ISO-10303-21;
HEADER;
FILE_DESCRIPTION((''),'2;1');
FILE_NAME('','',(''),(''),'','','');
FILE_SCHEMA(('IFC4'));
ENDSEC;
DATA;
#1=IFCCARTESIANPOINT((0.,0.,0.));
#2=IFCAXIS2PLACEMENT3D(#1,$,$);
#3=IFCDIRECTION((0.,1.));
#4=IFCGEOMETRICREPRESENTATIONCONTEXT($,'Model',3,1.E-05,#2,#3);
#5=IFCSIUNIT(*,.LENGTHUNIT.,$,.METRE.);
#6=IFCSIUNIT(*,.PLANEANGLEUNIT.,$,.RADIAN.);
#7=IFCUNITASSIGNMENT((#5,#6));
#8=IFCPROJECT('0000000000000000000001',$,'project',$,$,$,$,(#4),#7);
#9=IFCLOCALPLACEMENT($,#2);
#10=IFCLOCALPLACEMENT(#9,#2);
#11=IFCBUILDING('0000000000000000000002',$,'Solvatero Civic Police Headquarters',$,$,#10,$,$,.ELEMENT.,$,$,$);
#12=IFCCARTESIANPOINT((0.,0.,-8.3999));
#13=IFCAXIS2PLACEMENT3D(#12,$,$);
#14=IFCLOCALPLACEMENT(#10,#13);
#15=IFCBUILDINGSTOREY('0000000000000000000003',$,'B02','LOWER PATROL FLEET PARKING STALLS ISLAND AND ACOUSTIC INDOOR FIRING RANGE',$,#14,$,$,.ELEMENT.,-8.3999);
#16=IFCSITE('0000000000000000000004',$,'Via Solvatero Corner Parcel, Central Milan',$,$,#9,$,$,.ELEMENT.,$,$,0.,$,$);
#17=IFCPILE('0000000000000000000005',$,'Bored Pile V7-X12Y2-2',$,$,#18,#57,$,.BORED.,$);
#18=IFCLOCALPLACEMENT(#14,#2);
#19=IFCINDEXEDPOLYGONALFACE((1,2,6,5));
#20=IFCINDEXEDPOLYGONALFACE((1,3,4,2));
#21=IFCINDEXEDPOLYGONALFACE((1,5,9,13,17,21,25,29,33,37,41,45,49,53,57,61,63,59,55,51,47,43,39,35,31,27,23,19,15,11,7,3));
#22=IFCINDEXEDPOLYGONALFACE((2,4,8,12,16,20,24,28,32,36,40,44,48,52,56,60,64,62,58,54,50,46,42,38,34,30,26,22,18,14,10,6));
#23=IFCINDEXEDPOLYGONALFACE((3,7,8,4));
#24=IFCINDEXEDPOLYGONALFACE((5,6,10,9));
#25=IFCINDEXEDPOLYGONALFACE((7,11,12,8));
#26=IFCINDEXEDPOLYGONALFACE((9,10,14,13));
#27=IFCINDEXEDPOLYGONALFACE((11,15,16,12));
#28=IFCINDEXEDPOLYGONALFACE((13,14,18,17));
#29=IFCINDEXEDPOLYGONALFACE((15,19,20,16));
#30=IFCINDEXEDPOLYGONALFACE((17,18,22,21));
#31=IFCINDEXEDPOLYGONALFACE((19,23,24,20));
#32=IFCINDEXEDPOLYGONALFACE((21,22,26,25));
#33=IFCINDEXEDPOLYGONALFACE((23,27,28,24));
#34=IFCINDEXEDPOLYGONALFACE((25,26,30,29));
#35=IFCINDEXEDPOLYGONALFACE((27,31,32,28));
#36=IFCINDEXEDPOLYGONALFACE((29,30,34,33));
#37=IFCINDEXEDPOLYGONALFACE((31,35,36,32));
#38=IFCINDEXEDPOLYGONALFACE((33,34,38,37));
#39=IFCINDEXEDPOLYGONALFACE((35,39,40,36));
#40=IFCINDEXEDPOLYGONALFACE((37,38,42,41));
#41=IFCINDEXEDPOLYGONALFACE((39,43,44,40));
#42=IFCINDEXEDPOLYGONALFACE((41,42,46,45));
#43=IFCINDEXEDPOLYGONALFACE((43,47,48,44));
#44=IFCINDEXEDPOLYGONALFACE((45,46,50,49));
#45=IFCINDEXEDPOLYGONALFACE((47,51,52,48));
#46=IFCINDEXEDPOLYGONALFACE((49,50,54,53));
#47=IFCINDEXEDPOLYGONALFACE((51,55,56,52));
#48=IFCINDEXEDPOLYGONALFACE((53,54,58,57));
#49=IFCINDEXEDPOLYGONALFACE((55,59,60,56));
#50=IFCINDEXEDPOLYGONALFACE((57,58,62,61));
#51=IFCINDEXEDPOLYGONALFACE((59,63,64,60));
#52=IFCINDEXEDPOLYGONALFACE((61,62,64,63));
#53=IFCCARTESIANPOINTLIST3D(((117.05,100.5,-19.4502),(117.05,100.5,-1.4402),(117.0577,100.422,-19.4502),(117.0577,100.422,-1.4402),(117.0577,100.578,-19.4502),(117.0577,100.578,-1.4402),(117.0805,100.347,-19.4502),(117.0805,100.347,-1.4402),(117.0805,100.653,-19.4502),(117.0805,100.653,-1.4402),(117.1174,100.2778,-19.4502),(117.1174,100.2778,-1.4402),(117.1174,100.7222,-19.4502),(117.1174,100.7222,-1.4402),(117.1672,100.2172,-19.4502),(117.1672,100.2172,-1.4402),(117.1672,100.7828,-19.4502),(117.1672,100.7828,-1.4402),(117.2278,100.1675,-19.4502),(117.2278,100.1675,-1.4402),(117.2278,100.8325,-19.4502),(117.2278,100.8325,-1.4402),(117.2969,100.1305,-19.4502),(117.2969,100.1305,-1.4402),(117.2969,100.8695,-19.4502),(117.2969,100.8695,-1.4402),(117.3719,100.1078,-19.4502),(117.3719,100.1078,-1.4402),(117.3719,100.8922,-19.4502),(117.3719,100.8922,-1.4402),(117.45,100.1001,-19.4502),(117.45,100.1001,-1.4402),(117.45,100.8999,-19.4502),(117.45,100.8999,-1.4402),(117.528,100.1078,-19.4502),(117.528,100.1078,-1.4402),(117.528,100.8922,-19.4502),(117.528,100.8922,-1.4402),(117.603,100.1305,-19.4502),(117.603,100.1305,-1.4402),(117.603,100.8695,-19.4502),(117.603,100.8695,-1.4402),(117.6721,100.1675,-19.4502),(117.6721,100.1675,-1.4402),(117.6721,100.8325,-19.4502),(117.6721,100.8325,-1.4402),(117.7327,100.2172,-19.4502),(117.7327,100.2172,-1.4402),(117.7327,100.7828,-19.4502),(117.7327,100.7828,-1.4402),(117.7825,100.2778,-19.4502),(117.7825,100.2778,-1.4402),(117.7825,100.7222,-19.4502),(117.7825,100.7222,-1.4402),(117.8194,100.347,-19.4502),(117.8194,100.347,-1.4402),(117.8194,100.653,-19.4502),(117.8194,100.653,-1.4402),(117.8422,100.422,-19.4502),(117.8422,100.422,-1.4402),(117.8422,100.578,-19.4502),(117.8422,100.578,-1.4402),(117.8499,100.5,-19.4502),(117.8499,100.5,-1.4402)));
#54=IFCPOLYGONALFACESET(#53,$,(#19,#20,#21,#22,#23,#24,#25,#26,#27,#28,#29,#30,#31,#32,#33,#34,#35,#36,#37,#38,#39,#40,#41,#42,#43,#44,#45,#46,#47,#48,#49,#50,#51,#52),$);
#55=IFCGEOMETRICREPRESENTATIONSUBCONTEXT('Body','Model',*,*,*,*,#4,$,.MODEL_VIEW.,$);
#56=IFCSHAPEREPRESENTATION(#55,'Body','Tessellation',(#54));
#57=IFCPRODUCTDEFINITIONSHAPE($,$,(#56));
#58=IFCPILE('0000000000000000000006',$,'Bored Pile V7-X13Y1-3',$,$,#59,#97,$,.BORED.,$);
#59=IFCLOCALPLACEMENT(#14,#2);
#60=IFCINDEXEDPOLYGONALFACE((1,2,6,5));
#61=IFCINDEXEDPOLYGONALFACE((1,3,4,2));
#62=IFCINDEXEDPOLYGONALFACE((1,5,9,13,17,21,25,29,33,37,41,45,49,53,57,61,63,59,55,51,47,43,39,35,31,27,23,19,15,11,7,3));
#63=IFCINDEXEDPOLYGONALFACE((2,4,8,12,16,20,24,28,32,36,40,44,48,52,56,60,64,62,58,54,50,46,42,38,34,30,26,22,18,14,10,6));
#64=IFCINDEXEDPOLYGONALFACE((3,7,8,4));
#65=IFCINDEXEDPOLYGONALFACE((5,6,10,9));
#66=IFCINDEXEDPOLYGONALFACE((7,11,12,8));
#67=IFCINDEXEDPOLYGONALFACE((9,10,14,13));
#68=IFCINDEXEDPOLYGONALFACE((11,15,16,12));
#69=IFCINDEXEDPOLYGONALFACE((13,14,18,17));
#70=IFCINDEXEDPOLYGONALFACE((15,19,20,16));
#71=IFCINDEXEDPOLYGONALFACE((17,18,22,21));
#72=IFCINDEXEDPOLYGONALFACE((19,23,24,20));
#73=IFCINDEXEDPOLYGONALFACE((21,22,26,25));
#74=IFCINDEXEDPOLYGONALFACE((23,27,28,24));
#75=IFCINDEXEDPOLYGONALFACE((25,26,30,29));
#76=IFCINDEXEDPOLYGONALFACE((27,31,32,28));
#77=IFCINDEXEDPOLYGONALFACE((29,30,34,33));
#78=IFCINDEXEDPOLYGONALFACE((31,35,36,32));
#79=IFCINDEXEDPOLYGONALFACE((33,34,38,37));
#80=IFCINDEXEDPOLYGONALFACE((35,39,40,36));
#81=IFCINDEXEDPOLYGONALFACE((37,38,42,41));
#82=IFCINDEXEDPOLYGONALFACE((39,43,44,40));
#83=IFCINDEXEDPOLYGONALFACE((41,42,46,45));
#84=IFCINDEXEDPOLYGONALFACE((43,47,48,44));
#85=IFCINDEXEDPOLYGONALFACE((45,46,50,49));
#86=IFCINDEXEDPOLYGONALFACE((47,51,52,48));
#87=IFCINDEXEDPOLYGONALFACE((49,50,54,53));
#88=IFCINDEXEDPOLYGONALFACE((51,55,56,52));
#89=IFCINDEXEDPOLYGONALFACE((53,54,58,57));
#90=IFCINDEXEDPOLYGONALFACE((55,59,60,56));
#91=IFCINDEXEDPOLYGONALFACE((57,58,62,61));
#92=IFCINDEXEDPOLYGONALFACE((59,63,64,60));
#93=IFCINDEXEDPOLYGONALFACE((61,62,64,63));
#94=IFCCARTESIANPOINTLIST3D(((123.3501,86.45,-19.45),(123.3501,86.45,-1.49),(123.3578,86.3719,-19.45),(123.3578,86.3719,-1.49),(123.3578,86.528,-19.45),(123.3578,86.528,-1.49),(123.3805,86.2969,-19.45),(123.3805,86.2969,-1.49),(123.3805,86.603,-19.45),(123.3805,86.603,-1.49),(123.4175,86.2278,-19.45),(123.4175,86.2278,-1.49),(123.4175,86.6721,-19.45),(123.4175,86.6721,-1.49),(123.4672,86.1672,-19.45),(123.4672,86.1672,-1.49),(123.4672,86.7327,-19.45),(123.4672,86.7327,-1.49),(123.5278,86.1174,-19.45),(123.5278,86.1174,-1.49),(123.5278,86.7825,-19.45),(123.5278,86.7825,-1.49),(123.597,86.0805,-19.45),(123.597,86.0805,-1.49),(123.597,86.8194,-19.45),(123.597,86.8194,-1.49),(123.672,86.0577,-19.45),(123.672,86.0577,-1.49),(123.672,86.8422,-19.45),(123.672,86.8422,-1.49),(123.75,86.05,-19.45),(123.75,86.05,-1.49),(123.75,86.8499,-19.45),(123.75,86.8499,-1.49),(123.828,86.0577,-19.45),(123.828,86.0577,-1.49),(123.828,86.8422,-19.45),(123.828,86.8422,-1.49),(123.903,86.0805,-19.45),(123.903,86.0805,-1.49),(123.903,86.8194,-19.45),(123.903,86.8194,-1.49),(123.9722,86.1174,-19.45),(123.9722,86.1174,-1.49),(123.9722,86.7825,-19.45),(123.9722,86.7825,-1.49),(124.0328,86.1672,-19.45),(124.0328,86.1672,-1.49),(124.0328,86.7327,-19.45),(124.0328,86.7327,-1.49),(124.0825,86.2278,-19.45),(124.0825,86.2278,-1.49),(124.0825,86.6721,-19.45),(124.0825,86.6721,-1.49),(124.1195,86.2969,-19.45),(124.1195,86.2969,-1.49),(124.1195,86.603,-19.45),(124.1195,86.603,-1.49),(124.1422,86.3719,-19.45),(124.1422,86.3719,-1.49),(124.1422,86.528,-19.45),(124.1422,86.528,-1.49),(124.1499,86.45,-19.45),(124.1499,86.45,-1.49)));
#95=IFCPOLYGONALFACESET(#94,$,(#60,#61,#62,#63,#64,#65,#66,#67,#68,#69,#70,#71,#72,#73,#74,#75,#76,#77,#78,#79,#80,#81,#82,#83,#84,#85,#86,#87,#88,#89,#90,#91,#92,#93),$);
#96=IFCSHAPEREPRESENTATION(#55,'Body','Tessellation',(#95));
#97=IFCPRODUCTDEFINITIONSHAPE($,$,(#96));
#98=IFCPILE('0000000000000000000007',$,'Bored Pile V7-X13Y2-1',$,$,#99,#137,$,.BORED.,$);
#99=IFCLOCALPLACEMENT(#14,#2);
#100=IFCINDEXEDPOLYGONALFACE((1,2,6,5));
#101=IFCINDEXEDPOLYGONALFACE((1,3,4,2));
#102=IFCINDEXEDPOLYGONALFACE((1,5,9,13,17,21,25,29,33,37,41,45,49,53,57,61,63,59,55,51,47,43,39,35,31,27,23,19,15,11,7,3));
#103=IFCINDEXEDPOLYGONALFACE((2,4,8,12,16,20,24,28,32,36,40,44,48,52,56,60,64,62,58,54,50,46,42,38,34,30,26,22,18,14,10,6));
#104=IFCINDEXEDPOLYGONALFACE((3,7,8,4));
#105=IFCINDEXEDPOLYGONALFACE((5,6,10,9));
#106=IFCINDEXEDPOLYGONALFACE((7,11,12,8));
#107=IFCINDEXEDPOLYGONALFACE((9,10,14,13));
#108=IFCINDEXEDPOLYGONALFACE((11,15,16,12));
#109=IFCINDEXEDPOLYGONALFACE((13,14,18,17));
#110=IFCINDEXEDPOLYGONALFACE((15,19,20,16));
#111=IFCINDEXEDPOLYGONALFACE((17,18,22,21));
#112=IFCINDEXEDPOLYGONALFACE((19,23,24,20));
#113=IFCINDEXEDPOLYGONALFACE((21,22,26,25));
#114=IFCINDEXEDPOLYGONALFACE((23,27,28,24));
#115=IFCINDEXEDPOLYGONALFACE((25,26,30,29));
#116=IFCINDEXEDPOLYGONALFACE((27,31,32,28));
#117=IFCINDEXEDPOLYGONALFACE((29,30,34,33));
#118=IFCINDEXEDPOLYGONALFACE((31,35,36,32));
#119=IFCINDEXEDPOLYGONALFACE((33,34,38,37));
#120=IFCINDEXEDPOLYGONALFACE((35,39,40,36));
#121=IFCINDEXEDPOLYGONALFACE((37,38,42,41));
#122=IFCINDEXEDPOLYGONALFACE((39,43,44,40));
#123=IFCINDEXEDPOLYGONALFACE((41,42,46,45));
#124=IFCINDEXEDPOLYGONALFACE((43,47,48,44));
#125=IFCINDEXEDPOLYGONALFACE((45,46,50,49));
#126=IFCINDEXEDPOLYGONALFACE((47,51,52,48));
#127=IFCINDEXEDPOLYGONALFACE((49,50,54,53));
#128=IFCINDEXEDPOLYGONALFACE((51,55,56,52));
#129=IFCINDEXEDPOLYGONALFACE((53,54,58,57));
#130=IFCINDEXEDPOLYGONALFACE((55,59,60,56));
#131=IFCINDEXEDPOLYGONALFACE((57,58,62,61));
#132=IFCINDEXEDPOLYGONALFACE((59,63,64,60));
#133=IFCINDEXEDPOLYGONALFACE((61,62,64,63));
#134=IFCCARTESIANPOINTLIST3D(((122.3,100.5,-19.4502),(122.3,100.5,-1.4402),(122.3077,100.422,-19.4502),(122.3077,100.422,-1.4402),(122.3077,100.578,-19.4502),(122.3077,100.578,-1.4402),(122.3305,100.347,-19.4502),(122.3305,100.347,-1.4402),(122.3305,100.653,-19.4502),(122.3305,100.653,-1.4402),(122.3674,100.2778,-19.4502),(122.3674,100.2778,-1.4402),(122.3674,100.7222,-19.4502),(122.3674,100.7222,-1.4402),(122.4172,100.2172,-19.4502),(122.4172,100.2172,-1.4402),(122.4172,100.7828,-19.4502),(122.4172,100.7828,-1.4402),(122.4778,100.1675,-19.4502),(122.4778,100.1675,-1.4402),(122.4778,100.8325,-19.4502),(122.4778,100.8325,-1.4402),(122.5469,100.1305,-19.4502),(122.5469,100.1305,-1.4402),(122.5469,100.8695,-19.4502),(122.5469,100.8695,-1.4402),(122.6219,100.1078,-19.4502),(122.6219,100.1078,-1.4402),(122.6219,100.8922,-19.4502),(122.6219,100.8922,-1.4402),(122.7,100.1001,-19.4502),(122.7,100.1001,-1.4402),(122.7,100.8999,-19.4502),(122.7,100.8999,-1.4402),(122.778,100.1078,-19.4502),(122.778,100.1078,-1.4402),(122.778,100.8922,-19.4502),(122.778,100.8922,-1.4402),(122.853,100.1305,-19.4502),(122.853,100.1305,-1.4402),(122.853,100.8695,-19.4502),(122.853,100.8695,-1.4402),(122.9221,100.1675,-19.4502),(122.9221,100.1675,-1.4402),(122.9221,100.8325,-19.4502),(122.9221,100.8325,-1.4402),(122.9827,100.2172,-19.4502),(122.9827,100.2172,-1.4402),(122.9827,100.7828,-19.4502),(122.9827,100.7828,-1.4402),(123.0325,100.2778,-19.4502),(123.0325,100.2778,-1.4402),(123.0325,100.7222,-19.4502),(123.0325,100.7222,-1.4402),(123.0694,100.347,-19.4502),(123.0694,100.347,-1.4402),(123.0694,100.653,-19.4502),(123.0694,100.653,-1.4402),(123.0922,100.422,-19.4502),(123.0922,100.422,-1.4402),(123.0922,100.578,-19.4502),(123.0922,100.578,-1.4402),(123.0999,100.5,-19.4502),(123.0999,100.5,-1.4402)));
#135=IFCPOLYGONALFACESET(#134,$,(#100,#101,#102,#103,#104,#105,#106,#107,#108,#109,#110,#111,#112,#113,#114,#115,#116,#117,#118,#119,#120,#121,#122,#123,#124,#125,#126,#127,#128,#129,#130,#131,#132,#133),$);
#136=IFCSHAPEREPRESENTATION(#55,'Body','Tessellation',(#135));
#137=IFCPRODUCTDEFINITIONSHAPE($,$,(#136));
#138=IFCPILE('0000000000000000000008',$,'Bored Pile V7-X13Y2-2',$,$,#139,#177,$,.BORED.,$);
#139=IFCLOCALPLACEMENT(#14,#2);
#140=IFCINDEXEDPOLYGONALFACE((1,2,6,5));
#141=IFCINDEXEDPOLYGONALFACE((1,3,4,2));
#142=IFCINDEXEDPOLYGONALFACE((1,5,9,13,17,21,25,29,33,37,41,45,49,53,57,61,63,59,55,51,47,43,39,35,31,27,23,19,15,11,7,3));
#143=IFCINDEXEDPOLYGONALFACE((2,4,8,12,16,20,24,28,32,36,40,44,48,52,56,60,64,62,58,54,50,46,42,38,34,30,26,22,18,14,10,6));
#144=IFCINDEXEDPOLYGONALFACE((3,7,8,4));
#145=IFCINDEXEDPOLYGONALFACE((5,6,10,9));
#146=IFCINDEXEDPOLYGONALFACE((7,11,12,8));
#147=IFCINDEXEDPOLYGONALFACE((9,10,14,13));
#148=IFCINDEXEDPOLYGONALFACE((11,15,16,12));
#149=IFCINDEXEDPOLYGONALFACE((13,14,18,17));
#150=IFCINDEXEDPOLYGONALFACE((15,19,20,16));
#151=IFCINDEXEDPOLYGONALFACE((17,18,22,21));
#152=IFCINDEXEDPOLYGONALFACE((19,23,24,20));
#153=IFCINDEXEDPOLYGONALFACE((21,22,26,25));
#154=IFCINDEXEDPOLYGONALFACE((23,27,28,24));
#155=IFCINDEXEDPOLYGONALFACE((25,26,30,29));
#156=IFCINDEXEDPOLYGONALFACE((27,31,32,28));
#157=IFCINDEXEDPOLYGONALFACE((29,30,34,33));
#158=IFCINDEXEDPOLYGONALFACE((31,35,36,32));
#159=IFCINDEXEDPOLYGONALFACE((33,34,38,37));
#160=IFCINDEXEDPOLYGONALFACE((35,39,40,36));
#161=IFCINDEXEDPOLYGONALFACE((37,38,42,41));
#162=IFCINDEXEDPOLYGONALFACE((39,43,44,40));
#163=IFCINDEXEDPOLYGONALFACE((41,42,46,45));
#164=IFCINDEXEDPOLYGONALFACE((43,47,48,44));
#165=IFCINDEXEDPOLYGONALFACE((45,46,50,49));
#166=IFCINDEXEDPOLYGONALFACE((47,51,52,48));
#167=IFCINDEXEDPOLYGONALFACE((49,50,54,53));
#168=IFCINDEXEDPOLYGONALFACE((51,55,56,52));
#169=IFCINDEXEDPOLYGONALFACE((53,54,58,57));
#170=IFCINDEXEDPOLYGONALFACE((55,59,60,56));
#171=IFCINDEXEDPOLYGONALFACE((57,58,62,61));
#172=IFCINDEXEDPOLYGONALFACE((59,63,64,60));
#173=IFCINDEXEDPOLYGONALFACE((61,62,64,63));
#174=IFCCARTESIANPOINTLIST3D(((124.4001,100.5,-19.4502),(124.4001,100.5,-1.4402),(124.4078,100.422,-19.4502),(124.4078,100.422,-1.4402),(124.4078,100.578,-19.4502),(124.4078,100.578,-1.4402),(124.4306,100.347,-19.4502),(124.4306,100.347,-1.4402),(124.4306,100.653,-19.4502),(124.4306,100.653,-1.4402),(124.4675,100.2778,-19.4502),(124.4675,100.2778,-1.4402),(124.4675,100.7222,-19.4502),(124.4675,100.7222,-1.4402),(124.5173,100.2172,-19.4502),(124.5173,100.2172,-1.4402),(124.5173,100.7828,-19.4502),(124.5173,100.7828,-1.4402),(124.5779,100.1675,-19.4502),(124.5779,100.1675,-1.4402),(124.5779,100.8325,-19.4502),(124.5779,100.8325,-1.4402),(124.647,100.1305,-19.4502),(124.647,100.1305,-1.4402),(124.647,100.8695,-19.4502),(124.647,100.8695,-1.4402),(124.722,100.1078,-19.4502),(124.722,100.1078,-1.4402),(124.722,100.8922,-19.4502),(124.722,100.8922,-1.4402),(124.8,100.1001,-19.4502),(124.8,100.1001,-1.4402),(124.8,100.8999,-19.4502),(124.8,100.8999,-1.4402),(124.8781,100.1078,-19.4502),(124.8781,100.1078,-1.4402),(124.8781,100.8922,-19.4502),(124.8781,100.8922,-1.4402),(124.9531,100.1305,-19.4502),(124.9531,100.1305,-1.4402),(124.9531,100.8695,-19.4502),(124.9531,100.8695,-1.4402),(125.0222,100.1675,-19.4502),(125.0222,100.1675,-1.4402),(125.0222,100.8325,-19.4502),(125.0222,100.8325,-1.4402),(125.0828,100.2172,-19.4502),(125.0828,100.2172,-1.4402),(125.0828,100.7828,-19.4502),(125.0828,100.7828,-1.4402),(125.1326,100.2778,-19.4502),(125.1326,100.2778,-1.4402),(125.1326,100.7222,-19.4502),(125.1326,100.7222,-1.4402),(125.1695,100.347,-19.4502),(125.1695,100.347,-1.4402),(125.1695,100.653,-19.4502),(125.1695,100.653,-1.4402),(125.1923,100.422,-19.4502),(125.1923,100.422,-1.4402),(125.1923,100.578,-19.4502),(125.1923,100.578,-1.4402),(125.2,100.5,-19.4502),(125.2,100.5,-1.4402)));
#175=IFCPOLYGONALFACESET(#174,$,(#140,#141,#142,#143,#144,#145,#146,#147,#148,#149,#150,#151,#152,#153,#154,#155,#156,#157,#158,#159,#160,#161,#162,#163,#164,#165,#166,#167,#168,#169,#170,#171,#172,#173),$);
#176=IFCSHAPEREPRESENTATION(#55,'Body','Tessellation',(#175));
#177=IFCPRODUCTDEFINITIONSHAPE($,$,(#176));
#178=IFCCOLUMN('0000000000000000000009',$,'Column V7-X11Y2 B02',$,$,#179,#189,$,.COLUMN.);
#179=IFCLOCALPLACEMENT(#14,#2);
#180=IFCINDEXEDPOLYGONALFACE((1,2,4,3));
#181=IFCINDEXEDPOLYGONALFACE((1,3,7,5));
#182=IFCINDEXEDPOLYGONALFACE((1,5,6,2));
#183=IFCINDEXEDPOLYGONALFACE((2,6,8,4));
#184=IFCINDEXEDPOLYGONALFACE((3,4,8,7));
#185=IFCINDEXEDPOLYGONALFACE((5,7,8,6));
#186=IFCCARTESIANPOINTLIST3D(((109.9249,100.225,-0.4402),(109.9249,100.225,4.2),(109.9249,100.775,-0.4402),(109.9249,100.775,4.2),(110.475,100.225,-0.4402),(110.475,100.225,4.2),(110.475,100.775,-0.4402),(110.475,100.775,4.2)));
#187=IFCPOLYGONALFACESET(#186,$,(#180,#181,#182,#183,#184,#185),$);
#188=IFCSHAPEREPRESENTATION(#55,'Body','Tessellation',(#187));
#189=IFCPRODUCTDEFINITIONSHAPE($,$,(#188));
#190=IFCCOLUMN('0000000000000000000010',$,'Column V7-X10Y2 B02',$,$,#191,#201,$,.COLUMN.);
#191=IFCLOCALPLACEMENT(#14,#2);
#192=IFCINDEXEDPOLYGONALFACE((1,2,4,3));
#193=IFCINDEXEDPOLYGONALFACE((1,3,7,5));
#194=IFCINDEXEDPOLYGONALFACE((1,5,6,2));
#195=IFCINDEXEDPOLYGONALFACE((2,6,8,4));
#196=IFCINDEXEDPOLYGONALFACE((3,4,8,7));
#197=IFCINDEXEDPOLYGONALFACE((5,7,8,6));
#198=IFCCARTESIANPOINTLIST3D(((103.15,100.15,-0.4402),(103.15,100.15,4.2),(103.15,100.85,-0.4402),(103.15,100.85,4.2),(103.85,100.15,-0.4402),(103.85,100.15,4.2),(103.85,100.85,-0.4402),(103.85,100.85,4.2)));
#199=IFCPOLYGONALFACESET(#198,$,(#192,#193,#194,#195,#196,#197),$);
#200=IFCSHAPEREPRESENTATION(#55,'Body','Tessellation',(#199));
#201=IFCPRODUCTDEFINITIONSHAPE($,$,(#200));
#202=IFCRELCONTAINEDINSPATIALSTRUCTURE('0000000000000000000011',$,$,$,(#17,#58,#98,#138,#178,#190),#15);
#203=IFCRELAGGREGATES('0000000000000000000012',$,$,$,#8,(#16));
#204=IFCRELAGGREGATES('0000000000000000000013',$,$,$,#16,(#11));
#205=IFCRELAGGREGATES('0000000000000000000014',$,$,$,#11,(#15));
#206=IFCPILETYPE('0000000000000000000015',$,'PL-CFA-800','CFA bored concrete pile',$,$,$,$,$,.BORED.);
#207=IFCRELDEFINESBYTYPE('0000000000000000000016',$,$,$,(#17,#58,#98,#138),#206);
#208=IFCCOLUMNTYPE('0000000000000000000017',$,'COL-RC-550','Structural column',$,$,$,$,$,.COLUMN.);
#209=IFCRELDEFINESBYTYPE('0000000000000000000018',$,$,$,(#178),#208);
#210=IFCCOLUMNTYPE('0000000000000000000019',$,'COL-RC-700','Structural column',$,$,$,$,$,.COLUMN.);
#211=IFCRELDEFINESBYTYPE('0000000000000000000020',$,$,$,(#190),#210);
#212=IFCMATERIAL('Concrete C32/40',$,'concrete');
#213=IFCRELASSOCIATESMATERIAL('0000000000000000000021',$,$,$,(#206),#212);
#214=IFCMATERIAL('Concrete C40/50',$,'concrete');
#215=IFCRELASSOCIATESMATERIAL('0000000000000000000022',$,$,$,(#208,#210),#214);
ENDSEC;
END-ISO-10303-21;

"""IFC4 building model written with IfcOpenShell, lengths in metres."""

from ifc_helpers import new_model, si_unit, direction, frame, origin, origin_2d, place, context, subcontext, project, spatial, rectangle, circle, extrude, material, material_profile, profile_set, type_object, element, save


model = new_model("IFC4")

# Units and contexts
model_context = context("Model", 3, precision=1e-05, world=origin(), true_north=direction((0.0, 1.0)))
body_context = subcontext(model_context, "Body", "Model", "MODEL_VIEW")
ifc_project = project(units=[si_unit("LENGTHUNIT", "METRE"), si_unit("PLANEANGLEUNIT", "RADIAN")], contexts=[model_context])

# Site, building, storey
site_placement = place(None, origin())
site = spatial("IfcSite", under=ifc_project, at=site_placement, Name="Via Solvatero Corner Parcel, Central Milan", CompositionType="ELEMENT", RefElevation=0.0)
building_placement = place(site_placement, origin())
building = spatial("IfcBuilding", under=site, at=building_placement, Name="Solvatero Civic Police Headquarters", CompositionType="ELEMENT")
storey_placement = place(building_placement, frame((0.0, 0.0, -8.3999)))
storey = spatial("IfcBuildingStorey", under=building, at=storey_placement, Name="B02", Description="LOWER PATROL FLEET PARKING STALLS ISLAND AND ACOUSTIC INDOOR FIRING RANGE", CompositionType="ELEMENT", Elevation=-8.3999)

# Piles
ifc_material_1 = material(Name="Concrete C32/40", Category="concrete")
ifc_material_profile_1 = material_profile(ifc_material_1, circle(Radius=0.3999, at=origin_2d()), Name="CFA PILE D800")
ifc_profile_set_1 = profile_set([ifc_material_profile_1], Name="Concrete C32/40")
pile_type_1 = type_object("IfcPileType", Name="PL-CFA-800", Description="CFA bored concrete pile", PredefinedType="BORED", material=ifc_profile_set_1)
for number, where, z_axis, x_axis, name in (
    (1, (117.45, 100.5, -1.4402), (0.0, 0.0, -1.0), (1.0, 0.0, 0.0), "Bored Pile V7-X12Y2-2"),
):
    element("IfcPile", number, at=place(storey_placement, frame(where, z_axis=z_axis, x_axis=x_axis)), inside=storey, type_object=pile_type_1, Name=name, PredefinedType="BORED", context=body_context, shape_type="SweptSolid", body=[
        extrude(circle(Radius=0.3999, at=origin_2d()), origin(), (0.0, 0.0, 1.0), 18.01),
    ])
pile_1_placement = place(storey_placement, frame((123.75, 86.45, -1.49), z_axis=(0.0, 0.0, -1.0), x_axis=(1.0, 0.0, 0.0)))
element("IfcPile", 2, at=pile_1_placement, inside=storey, type_object=pile_type_1, Name="Bored Pile V7-X13Y1-3", PredefinedType="BORED", context=body_context, shape_type="SweptSolid", body=[
    extrude(circle(Radius=0.3999, at=origin_2d()), origin(), (0.0, 0.0, 1.0), 17.96),
])
for number, where, z_axis, x_axis, name in (
    (3, (122.7, 100.5, -1.4402), (0.0, 0.0, -1.0), (1.0, 0.0, 0.0), "Bored Pile V7-X13Y2-1"),
    (4, (124.8, 100.5, -1.4402), (0.0, 0.0, -1.0), (1.0, 0.0, 0.0), "Bored Pile V7-X13Y2-2"),
):
    element("IfcPile", number, at=place(storey_placement, frame(where, z_axis=z_axis, x_axis=x_axis)), inside=storey, type_object=pile_type_1, Name=name, PredefinedType="BORED", context=body_context, shape_type="SweptSolid", body=[
        extrude(circle(Radius=0.3999, at=origin_2d()), origin(), (0.0, 0.0, 1.0), 18.01),
    ])

# Columns
ifc_material_2 = material(Name="Concrete C40/50", Category="concrete")
ifc_material_profile_2 = material_profile(ifc_material_2, rectangle(XDim=0.55, YDim=0.55, at=origin_2d()), Name="RC 550x550")
ifc_profile_set_2 = profile_set([ifc_material_profile_2], Name="Concrete C40/50")
column_type_1 = type_object("IfcColumnType", Name="COL-RC-550", Description="Structural column", PredefinedType="COLUMN", material=ifc_profile_set_2)
column_1_placement = place(storey_placement, frame((110.2, 100.5, -0.4402), z_axis=(0.0, 0.0, 1.0), x_axis=(1.0, 0.0, 0.0)))
element("IfcColumn", 5, at=column_1_placement, inside=storey, type_object=column_type_1, Name="Column V7-X11Y2 B02", PredefinedType="COLUMN", context=body_context, shape_type="SweptSolid", body=[
    extrude(rectangle(XDim=0.55, YDim=0.55, at=origin_2d()), origin(), (0.0, 0.0, 1.0), 4.6401),
])
ifc_material_profile_3 = material_profile(ifc_material_2, rectangle(XDim=0.7, YDim=0.7, at=origin_2d()), Name="RC 700x700")
ifc_profile_set_3 = profile_set([ifc_material_profile_3], Name="Concrete C40/50")
column_type_2 = type_object("IfcColumnType", Name="COL-RC-700", Description="Structural column", PredefinedType="COLUMN", material=ifc_profile_set_3)
column_2_placement = place(storey_placement, frame((103.5, 100.5, -0.4402), z_axis=(0.0, 0.0, 1.0), x_axis=(1.0, 0.0, 0.0)))
element("IfcColumn", 6, at=column_2_placement, inside=storey, type_object=column_type_2, Name="Column V7-X10Y2 B02", PredefinedType="COLUMN", context=body_context, shape_type="SweptSolid", body=[
    extrude(rectangle(XDim=0.7, YDim=0.7, at=origin_2d()), origin(), (0.0, 0.0, 1.0), 4.6401),
])

save(model, "model.ifc")
